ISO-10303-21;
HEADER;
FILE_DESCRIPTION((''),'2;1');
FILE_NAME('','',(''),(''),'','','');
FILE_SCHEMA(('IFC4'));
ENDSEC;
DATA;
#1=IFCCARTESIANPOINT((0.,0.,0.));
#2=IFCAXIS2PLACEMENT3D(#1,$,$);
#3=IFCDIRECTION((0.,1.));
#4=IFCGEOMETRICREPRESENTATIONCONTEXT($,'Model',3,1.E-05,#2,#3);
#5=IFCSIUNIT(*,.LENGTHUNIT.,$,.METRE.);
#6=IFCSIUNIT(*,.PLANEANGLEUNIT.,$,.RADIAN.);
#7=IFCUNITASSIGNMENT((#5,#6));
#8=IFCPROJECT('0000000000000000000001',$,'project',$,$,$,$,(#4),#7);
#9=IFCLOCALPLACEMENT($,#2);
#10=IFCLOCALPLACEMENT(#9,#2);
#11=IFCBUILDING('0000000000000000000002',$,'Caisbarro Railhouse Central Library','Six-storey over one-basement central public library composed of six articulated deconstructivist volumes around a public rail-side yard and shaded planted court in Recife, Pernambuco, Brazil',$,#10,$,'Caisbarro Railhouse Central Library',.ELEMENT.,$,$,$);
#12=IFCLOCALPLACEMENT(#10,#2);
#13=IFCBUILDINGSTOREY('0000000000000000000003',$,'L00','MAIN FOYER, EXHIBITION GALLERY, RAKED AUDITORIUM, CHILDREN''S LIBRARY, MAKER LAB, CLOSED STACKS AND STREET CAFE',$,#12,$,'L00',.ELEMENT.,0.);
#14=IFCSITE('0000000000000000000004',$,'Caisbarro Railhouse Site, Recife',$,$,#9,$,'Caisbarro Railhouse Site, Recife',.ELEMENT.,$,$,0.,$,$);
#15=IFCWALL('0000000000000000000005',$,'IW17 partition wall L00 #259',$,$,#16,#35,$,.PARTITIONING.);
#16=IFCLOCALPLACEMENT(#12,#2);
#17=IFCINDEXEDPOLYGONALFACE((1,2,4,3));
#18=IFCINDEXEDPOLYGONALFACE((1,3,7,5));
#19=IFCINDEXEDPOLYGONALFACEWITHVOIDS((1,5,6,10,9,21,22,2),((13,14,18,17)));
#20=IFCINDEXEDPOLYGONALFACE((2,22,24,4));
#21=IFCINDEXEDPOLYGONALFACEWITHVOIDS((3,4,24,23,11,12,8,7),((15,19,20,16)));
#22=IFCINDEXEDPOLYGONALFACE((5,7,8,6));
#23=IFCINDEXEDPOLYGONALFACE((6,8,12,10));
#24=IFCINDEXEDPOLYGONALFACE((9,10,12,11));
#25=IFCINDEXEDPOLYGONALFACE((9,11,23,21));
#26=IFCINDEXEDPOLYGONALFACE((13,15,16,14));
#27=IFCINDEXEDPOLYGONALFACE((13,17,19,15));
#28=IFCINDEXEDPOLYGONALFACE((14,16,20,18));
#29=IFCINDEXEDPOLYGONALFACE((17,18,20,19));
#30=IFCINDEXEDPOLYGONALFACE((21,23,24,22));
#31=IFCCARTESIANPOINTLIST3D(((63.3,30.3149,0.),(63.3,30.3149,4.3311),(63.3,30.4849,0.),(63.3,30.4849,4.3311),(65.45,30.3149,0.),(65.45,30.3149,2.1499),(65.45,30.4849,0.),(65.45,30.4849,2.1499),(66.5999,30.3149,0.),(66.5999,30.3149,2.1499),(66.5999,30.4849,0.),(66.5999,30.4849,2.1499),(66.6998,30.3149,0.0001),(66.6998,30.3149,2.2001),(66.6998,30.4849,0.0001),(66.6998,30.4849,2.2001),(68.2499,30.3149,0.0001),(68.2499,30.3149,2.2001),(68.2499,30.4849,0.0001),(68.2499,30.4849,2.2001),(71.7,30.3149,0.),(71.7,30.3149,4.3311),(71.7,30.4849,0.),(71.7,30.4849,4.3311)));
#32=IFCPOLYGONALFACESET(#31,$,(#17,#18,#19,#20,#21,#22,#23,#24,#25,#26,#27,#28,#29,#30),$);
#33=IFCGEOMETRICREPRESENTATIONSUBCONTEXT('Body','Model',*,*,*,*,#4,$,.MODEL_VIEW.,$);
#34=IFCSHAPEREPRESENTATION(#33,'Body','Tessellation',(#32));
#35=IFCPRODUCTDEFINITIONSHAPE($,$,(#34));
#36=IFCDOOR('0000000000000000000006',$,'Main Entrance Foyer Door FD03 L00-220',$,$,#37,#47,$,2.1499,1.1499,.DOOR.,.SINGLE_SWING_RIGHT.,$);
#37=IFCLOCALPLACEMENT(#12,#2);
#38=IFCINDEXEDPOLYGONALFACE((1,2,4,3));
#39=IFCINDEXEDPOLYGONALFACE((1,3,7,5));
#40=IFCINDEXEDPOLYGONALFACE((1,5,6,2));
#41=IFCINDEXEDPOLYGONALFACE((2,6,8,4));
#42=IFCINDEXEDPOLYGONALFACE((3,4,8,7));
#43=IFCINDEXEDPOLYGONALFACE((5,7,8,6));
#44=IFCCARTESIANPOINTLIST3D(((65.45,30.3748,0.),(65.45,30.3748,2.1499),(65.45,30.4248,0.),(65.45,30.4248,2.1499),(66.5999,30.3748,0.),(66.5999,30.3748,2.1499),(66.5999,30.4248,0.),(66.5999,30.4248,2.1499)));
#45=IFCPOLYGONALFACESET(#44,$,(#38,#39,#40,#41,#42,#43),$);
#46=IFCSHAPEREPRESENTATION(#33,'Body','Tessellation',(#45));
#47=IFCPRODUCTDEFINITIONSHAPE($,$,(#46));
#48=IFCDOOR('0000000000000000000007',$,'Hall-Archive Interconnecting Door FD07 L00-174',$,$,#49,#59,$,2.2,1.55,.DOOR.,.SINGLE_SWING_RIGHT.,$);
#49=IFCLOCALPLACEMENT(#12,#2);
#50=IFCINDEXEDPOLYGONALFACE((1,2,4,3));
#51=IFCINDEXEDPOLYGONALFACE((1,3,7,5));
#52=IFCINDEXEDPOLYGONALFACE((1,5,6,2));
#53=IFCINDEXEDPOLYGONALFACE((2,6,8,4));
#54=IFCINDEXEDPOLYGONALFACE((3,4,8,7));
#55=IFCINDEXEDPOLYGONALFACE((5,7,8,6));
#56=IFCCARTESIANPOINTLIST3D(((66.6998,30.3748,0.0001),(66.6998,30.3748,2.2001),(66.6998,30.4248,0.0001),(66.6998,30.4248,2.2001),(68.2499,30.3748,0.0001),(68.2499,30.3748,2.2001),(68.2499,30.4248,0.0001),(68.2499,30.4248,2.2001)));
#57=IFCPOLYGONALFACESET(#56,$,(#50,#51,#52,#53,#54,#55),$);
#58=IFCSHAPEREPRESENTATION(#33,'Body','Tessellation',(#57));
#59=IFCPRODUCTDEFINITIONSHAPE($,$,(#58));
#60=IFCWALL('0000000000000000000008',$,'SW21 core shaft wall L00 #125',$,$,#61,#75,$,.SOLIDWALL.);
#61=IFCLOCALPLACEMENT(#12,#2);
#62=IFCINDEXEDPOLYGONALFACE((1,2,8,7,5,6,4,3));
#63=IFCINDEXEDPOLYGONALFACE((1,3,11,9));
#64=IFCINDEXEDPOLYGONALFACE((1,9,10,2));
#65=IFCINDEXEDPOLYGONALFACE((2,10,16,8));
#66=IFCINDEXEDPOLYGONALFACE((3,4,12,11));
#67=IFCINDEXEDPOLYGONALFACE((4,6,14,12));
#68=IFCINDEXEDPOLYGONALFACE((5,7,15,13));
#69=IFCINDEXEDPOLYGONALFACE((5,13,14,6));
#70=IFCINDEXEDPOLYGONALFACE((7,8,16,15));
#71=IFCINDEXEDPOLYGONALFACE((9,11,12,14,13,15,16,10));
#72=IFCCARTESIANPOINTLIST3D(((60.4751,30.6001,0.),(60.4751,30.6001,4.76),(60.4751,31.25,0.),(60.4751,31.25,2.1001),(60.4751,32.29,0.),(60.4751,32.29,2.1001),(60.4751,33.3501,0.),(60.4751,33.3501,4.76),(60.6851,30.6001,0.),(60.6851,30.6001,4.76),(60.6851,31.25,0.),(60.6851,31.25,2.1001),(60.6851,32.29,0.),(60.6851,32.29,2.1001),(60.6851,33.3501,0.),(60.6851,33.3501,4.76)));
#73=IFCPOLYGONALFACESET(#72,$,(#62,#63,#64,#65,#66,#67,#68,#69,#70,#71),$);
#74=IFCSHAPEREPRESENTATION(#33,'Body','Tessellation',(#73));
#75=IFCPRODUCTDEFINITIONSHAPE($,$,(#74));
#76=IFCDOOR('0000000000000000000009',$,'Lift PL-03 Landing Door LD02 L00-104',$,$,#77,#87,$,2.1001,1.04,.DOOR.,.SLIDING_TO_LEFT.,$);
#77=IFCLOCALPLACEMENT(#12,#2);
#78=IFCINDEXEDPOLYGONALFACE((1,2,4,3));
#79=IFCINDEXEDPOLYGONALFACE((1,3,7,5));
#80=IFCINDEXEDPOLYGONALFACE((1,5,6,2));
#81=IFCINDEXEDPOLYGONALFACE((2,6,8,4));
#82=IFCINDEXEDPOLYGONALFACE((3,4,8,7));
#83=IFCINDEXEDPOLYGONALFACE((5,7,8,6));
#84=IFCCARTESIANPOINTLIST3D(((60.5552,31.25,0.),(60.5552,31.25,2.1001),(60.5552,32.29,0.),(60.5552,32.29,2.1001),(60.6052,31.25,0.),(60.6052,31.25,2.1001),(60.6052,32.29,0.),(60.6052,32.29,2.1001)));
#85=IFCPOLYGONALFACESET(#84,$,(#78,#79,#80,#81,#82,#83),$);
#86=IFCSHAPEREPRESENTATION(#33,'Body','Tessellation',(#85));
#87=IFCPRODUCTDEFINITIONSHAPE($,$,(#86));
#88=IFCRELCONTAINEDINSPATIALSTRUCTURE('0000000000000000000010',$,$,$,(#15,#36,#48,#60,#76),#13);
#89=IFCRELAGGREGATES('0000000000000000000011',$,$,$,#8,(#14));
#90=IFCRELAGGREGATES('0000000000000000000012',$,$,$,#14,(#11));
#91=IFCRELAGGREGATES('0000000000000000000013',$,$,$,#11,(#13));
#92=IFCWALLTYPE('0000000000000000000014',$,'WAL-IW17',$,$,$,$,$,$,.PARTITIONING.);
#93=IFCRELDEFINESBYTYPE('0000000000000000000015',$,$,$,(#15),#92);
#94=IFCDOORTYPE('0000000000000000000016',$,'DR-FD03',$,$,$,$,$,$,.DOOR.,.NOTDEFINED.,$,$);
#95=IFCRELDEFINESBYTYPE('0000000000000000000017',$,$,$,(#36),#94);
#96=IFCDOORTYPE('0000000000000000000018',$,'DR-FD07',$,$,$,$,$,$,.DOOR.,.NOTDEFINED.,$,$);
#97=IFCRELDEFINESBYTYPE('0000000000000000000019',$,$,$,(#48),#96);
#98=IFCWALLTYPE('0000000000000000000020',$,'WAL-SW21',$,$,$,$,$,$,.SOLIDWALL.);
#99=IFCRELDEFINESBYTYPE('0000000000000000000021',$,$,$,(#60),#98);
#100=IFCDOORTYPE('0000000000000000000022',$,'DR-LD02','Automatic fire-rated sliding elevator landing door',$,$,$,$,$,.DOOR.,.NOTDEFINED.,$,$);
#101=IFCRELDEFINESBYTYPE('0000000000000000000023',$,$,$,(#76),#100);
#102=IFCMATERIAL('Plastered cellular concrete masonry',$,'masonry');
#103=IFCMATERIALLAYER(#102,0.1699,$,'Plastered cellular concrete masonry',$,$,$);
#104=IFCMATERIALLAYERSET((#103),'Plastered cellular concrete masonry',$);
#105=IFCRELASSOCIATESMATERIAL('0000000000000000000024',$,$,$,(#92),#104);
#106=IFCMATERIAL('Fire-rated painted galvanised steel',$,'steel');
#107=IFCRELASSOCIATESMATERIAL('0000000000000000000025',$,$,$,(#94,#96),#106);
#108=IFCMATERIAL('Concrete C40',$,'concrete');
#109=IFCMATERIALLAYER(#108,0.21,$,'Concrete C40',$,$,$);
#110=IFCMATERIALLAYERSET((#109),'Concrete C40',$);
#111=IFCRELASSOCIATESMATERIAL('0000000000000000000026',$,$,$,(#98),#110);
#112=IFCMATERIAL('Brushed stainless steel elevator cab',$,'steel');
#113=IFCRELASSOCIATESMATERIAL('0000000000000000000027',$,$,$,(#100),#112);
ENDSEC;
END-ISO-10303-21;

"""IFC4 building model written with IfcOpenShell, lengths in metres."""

from ifc_helpers import new_model, si_unit, direction, frame, frame_2d, origin, place, context, subcontext, project, spatial, rectangle, extrude, material, layer, layer_set, type_object, element, fill, save


model = new_model("IFC4")

# Units and contexts
model_context = context("Model", 3, precision=1e-05, world=origin(), true_north=direction((0.0, 1.0)))
body_context = subcontext(model_context, "Body", "Model", "MODEL_VIEW")
ifc_project = project(units=[si_unit("LENGTHUNIT", "METRE"), si_unit("PLANEANGLEUNIT", "RADIAN")], contexts=[model_context])

# Site, building, storey
site_placement = place(None, origin())
site = spatial("IfcSite", under=ifc_project, at=site_placement, Name="Caisbarro Railhouse Site, Recife", LongName="Caisbarro Railhouse Site, Recife", CompositionType="ELEMENT", RefElevation=0.0)
building_placement = place(site_placement, origin())
building = spatial("IfcBuilding", under=site, at=building_placement, Name="Caisbarro Railhouse Central Library", Description="Six-storey over one-basement central public library composed of six articulated deconstructivist volumes around a public rail-side yard and shaded planted court in Recife, Pernambuco, Brazil", LongName="Caisbarro Railhouse Central Library", CompositionType="ELEMENT")
storey_placement = place(building_placement, origin())
storey = spatial("IfcBuildingStorey", under=building, at=storey_placement, Name="L00", Description="MAIN FOYER, EXHIBITION GALLERY, RAKED AUDITORIUM, CHILDREN'S LIBRARY, MAKER LAB, CLOSED STACKS AND STREET CAFE", LongName="L00", CompositionType="ELEMENT", Elevation=0.0)

# Shared definitions
ifc_material_1 = material(Name="Concrete C40", Category="concrete")

# Shared definitions
ifc_material_2 = material(Name="Fire-rated painted galvanised steel", Category="steel")

# Wall, openings, doors
ifc_material_3 = material(Name="Plastered cellular concrete masonry", Category="masonry")
ifc_layer_1 = layer(ifc_material_3, 0.1699, Name="Plastered cellular concrete masonry")
ifc_layer_set_1 = layer_set([ifc_layer_1], Name="Plastered cellular concrete masonry")
wall_type_1 = type_object("IfcWallType", Name="WAL-IW17", PredefinedType="PARTITIONING", material=ifc_layer_set_1)
wall_1_placement = place(storey_placement, frame((63.3, 30.3999, 0.0), z_axis=(0.0, 0.0, 1.0), x_axis=(1.0, 0.0, 0.0)))
wall_1 = element("IfcWall", 1, at=wall_1_placement, inside=storey, type_object=wall_type_1, Name="IW17 partition wall L00 #259", PredefinedType="PARTITIONING", context=body_context, shape_type="SweptSolid", body=[
    extrude(rectangle(XDim=8.3999, YDim=0.1699, at=frame_2d((4.2, 0.0))), origin(), (0.0, 0.0, 1.0), 4.3311),
])
opening_1_placement = place(wall_1_placement, frame((3.3999, 0.0, 0.0)))
opening_1 = element("IfcOpeningElement", 2, at=opening_1_placement, cuts=wall_1, PredefinedType="OPENING", context=body_context, shape_type="SweptSolid", body=[
    extrude(rectangle(XDim=1.55, YDim=2.2, at=frame_2d((0.7749, 1.1001))), frame((0.0, 0.095, 0.0), z_axis=(0.0, -1.0, 0.0), x_axis=(1.0, 0.0, 0.0)), (0.0, 0.0, 1.0), 0.1899),
])
opening_2_placement = place(wall_1_placement, frame((2.1499, 0.0, 0.0)))
opening_2 = element("IfcOpeningElement", 3, at=opening_2_placement, cuts=wall_1, PredefinedType="OPENING", context=body_context, shape_type="SweptSolid", body=[
    extrude(rectangle(XDim=1.1499, YDim=2.1499, at=frame_2d((0.575, 1.075))), frame((0.0, 0.095, 0.0), z_axis=(0.0, -1.0, 0.0), x_axis=(1.0, 0.0, 0.0)), (0.0, 0.0, 1.0), 0.1899),
])
door_type_1 = type_object("IfcDoorType", Name="DR-FD03", OperationType="NOTDEFINED", PredefinedType="DOOR", material=ifc_material_2)
door_1_placement = place(opening_2_placement, origin())
door_1 = element("IfcDoor", 4, at=door_1_placement, inside=storey, type_object=door_type_1, Name="Main Entrance Foyer Door FD03 L00-220", OperationType="SINGLE_SWING_RIGHT", OverallHeight=2.1499, OverallWidth=1.1499, PredefinedType="DOOR", context=body_context, shape_type="SweptSolid", body=[
    extrude(rectangle(XDim=1.1499, YDim=2.1499, at=frame_2d((0.575, 1.075))), frame((0.0, 0.0249, 0.0), z_axis=(0.0, -1.0, 0.0), x_axis=(1.0, 0.0, 0.0)), (0.0, 0.0, 1.0), 0.05),
])
fill(opening_2, door_1)
door_type_2 = type_object("IfcDoorType", Name="DR-FD07", OperationType="NOTDEFINED", PredefinedType="DOOR", material=ifc_material_2)
door_2_placement = place(opening_1_placement, origin())
door_2 = element("IfcDoor", 5, at=door_2_placement, inside=storey, type_object=door_type_2, Name="Hall-Archive Interconnecting Door FD07 L00-174", OperationType="SINGLE_SWING_RIGHT", OverallHeight=2.2, OverallWidth=1.55, PredefinedType="DOOR", context=body_context, shape_type="SweptSolid", body=[
    extrude(rectangle(XDim=1.55, YDim=2.2, at=frame_2d((0.7749, 1.1001))), frame((0.0, 0.0249, 0.0), z_axis=(0.0, -1.0, 0.0), x_axis=(1.0, 0.0, 0.0)), (0.0, 0.0, 1.0), 0.05),
])
fill(opening_1, door_2)

# Wall, opening, door
ifc_layer_2 = layer(ifc_material_1, 0.21, Name="Concrete C40")
ifc_layer_set_2 = layer_set([ifc_layer_2], Name="Concrete C40")
wall_type_2 = type_object("IfcWallType", Name="WAL-SW21", PredefinedType="SOLIDWALL", material=ifc_layer_set_2)
wall_2_placement = place(storey_placement, frame((60.5801, 30.6001, 0.0), z_axis=(0.0, 0.0, 1.0), x_axis=(0.0, 1.0, 0.0)))
wall_2 = element("IfcWall", 6, at=wall_2_placement, inside=storey, type_object=wall_type_2, Name="SW21 core shaft wall L00 #125", PredefinedType="SOLIDWALL", context=body_context, shape_type="SweptSolid", body=[
    extrude(rectangle(XDim=2.75, YDim=0.21, at=frame_2d((1.375, 0.0))), origin(), (0.0, 0.0, 1.0), 4.76),
])
opening_3_placement = place(wall_2_placement, frame((0.6499, 0.0, 0.0)))
opening_3 = element("IfcOpeningElement", 7, at=opening_3_placement, cuts=wall_2, PredefinedType="OPENING", context=body_context, shape_type="SweptSolid", body=[
    extrude(rectangle(XDim=1.04, YDim=2.1001, at=frame_2d((0.52, 1.05))), frame((0.0, 0.115, 0.0), z_axis=(0.0, -1.0, 0.0), x_axis=(1.0, 0.0, 0.0)), (0.0, 0.0, 1.0), 0.23),
])
ifc_material_4 = material(Name="Brushed stainless steel elevator cab", Category="steel")
door_type_3 = type_object("IfcDoorType", Name="DR-LD02", Description="Automatic fire-rated sliding elevator landing door", OperationType="NOTDEFINED", PredefinedType="DOOR", material=ifc_material_4)
door_3_placement = place(opening_3_placement, origin())
door_3 = element("IfcDoor", 8, at=door_3_placement, inside=storey, type_object=door_type_3, Name="Lift PL-03 Landing Door LD02 L00-104", OperationType="SLIDING_TO_LEFT", OverallHeight=2.1001, OverallWidth=1.04, PredefinedType="DOOR", context=body_context, shape_type="SweptSolid", body=[
    extrude(rectangle(XDim=1.04, YDim=2.1001, at=frame_2d((0.52, 1.05))), frame((0.0, 0.0249, 0.0), z_axis=(0.0, -1.0, 0.0), x_axis=(1.0, 0.0, 0.0)), (0.0, 0.0, 1.0), 0.05),
])
fill(opening_3, door_3)

save(model, "model.ifc")
